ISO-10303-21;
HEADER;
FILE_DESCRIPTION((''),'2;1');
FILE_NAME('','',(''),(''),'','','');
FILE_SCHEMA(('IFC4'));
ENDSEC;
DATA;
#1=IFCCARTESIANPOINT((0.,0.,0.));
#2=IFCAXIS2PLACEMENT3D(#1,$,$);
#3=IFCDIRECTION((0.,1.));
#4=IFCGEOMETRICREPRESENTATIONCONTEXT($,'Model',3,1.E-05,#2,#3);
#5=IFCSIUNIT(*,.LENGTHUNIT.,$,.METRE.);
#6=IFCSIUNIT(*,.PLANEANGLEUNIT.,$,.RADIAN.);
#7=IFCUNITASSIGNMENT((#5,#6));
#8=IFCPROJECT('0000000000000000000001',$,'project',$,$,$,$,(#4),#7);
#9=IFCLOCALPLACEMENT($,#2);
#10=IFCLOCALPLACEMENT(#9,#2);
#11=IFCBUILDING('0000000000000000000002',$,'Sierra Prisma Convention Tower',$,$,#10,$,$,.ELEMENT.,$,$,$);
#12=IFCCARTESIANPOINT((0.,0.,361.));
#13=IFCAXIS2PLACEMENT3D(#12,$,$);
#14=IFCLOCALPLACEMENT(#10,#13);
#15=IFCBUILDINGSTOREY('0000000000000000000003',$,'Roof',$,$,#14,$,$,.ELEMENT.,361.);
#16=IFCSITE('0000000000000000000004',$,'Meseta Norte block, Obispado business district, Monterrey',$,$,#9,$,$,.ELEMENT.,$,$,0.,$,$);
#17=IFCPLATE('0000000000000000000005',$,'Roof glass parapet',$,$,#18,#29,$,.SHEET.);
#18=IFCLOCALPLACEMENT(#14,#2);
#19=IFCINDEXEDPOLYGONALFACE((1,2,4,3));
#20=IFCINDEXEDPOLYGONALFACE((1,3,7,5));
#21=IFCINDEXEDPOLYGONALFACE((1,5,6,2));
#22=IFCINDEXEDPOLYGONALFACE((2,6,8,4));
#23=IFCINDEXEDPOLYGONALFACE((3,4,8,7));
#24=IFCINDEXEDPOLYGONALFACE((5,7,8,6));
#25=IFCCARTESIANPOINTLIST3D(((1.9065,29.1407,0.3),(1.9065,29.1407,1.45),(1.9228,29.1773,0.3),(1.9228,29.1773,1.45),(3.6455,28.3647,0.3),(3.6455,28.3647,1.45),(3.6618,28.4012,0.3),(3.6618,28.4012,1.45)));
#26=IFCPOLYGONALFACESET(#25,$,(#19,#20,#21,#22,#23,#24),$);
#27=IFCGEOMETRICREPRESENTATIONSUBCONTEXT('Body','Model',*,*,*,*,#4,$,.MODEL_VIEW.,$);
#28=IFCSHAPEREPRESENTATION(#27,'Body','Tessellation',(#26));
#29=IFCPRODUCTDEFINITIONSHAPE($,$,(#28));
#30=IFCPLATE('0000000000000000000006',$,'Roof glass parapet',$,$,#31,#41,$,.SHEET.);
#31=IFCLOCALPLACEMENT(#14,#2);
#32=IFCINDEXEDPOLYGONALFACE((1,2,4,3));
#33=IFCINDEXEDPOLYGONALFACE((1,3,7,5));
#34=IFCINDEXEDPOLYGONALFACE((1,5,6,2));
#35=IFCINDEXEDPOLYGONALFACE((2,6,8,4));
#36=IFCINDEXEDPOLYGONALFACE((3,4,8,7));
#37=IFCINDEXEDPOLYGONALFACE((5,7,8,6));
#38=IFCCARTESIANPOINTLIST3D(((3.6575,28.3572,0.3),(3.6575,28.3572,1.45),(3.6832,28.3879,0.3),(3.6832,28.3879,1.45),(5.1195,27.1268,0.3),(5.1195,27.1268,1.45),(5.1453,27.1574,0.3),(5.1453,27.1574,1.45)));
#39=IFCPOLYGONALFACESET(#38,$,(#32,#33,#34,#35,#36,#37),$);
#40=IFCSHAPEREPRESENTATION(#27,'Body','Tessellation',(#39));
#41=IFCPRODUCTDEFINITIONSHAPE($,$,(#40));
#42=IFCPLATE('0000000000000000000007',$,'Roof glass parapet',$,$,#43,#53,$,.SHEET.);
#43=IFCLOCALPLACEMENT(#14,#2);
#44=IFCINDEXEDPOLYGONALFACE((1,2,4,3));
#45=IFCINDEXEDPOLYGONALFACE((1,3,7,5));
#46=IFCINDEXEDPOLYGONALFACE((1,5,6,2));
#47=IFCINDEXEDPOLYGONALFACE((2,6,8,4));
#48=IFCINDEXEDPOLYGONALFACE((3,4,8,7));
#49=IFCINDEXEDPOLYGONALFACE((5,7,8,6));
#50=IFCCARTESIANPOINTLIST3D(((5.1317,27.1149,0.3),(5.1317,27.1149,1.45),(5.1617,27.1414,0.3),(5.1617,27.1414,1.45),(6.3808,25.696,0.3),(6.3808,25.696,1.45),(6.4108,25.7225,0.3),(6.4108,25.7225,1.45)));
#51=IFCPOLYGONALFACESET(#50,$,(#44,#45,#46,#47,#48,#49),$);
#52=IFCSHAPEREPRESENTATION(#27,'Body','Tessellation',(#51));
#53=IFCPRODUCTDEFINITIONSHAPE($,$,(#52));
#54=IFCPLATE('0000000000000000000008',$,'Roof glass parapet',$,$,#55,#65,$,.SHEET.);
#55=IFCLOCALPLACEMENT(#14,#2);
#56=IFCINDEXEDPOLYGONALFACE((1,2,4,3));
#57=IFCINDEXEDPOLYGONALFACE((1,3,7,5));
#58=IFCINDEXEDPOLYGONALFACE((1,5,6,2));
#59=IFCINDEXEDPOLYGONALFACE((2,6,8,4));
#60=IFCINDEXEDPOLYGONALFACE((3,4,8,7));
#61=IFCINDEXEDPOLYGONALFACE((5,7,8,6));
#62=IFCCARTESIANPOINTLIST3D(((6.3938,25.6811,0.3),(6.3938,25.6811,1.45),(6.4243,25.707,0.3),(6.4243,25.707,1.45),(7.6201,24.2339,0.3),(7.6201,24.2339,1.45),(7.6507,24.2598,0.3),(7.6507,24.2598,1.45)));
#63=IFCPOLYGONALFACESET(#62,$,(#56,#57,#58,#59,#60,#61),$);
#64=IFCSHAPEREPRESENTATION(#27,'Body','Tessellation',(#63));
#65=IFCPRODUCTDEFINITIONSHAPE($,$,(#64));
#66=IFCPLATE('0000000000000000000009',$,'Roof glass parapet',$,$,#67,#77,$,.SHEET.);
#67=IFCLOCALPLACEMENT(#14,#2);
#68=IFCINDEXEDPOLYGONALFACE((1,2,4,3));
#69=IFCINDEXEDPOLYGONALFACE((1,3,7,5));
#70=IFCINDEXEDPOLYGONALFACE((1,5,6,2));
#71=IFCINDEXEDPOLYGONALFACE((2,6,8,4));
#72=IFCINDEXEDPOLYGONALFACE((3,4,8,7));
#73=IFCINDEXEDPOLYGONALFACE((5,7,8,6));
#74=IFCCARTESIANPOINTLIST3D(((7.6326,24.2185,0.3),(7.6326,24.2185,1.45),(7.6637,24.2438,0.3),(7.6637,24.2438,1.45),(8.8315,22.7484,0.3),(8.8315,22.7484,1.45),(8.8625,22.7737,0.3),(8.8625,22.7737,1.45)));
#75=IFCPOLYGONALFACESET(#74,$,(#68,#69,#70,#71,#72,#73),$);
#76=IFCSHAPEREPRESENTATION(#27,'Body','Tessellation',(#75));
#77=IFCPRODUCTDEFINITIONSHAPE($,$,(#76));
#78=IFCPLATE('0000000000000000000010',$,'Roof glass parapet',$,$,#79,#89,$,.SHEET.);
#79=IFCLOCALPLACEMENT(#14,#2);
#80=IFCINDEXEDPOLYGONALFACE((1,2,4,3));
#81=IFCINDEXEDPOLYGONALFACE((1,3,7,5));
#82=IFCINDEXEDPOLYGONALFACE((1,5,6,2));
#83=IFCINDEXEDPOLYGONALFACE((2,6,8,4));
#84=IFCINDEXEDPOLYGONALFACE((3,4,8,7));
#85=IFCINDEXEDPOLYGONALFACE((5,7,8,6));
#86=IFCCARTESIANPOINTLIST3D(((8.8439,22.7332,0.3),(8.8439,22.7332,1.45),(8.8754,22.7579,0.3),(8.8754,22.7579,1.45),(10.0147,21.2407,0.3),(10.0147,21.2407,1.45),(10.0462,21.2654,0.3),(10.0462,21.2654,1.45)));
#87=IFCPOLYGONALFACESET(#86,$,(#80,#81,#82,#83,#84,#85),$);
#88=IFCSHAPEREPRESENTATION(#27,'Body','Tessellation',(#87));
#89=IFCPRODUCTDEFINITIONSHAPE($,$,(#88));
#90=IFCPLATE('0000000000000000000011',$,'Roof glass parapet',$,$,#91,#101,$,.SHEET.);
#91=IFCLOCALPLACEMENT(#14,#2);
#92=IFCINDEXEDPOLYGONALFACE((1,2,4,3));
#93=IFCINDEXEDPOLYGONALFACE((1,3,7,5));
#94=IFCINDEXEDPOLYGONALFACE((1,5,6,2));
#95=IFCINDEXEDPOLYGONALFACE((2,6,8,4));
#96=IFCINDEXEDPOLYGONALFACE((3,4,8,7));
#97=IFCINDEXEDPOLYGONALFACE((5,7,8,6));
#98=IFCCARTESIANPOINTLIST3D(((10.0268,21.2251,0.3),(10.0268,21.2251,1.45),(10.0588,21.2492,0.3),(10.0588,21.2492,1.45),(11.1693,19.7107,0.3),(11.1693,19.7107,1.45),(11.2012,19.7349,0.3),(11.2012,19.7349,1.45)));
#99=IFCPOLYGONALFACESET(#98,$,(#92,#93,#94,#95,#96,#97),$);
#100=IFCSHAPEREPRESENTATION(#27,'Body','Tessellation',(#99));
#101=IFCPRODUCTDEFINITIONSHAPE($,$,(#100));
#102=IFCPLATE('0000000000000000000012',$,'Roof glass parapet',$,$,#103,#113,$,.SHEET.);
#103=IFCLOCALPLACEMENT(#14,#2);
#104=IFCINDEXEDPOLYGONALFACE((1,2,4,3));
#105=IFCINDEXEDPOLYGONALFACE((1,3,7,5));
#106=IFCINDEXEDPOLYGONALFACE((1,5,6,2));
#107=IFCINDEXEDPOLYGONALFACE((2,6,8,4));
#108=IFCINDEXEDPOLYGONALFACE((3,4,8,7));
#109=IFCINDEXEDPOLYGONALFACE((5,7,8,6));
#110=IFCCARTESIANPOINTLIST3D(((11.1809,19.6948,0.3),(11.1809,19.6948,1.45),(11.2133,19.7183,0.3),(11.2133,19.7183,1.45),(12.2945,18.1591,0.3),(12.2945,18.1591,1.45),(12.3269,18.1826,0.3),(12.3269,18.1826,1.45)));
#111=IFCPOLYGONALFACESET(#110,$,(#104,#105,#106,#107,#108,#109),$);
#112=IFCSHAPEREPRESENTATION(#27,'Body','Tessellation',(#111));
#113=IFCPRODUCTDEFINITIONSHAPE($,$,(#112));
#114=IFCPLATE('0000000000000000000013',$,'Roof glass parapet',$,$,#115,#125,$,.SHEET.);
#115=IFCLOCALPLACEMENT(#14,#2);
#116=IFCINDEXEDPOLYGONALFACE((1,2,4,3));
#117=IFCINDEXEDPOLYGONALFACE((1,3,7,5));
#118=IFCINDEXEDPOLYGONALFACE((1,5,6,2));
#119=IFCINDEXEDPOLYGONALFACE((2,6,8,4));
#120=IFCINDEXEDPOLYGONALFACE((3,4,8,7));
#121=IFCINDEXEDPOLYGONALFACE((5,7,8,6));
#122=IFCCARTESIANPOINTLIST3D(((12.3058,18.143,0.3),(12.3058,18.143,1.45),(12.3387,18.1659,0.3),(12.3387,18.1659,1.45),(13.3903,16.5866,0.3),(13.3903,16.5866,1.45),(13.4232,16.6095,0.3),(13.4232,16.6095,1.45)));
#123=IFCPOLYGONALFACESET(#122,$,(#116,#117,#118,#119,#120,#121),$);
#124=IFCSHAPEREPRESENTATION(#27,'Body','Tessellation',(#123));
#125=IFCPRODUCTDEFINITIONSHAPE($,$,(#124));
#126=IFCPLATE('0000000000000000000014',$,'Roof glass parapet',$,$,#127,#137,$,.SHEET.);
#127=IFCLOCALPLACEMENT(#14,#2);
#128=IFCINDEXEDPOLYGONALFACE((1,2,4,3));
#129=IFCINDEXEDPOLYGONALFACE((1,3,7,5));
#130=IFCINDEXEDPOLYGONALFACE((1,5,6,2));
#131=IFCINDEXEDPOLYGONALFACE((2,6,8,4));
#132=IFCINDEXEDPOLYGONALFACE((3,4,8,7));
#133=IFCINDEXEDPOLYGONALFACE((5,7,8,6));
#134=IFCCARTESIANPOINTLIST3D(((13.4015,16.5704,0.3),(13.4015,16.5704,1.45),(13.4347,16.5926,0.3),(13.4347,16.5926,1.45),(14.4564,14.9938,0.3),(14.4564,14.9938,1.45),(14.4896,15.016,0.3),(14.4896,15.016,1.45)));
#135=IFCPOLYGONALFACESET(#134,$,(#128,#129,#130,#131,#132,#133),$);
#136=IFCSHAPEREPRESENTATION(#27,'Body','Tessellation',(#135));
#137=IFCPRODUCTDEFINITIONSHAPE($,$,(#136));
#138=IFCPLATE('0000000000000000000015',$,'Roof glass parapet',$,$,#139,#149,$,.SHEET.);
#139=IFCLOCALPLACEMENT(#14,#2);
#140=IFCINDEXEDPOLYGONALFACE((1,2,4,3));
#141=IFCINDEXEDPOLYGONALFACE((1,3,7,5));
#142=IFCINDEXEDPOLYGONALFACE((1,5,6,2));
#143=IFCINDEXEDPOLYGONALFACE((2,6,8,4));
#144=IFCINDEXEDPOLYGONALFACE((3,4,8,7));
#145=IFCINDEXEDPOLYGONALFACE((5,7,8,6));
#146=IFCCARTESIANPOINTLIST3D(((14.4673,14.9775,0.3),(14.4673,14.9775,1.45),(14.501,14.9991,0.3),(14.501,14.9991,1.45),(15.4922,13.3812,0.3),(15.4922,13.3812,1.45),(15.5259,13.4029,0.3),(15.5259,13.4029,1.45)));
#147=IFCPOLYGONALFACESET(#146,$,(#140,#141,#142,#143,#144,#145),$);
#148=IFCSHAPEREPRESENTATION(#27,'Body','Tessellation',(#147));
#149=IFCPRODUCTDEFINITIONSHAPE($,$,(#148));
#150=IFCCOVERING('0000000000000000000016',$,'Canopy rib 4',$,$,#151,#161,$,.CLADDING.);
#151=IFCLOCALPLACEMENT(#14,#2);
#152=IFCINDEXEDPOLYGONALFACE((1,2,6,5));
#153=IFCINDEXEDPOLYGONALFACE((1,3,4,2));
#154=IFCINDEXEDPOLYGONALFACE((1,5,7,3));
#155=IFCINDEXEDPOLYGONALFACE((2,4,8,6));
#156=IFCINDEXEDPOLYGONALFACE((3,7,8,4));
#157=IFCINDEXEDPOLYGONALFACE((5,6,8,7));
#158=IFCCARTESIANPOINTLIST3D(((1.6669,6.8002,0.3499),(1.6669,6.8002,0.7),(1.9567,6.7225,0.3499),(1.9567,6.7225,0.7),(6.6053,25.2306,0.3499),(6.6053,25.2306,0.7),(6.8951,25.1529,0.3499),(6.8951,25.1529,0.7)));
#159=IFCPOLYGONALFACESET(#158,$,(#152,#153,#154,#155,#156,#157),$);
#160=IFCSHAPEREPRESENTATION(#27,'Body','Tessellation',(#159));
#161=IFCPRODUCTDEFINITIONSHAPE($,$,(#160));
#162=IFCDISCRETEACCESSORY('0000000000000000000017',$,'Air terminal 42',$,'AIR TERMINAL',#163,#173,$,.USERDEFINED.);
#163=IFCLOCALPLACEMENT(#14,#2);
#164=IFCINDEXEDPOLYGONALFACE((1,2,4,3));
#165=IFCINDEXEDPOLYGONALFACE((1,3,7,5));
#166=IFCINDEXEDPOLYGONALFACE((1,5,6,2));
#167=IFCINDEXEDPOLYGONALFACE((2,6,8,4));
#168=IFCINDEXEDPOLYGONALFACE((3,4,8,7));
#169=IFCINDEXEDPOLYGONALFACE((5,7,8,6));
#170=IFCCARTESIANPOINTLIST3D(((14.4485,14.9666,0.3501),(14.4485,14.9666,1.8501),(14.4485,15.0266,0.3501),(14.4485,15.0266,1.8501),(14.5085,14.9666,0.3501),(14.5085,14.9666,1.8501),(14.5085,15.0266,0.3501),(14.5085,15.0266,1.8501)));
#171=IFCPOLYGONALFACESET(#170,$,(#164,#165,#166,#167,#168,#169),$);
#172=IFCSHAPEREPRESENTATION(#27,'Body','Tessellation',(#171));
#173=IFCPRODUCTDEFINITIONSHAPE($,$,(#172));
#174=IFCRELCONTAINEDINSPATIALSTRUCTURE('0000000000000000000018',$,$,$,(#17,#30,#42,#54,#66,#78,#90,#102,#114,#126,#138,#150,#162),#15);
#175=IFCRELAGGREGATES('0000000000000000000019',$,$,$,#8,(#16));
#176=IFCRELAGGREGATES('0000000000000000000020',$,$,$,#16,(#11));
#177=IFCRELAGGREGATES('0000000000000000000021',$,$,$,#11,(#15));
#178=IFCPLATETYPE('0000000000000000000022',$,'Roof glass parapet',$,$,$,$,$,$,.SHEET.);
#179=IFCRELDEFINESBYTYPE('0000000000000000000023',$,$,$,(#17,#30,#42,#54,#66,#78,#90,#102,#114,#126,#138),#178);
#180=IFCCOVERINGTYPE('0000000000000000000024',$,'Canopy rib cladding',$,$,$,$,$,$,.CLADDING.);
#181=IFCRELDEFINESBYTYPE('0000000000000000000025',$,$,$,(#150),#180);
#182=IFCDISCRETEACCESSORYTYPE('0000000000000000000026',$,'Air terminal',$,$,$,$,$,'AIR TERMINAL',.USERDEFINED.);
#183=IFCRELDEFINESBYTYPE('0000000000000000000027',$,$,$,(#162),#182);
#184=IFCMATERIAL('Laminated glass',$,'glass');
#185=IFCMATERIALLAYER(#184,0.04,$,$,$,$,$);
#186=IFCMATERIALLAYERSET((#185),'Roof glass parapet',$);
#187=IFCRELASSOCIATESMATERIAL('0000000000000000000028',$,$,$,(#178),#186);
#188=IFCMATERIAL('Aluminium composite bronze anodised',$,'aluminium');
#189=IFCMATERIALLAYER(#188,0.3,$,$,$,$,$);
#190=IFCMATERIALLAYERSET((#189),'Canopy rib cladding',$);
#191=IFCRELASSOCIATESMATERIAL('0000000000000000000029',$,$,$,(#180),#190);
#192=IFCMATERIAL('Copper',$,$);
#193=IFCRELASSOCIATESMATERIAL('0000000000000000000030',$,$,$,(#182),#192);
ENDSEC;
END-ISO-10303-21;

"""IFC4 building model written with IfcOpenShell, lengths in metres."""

from ifc_helpers import new_model, si_unit, direction, frame, origin, origin_2d, place, context, subcontext, project, spatial, rectangle, extrude, material, layer, layer_set, type_object, element, save


model = new_model("IFC4")

# Units and contexts
model_context = context("Model", 3, precision=1e-05, world=origin(), true_north=direction((0.0, 1.0)))
body_context = subcontext(model_context, "Body", "Model", "MODEL_VIEW")
ifc_project = project(units=[si_unit("LENGTHUNIT", "METRE"), si_unit("PLANEANGLEUNIT", "RADIAN")], contexts=[model_context])

# Site, building, storey
site_placement = place(None, origin())
site = spatial("IfcSite", under=ifc_project, at=site_placement, Name="Meseta Norte block, Obispado business district, Monterrey", CompositionType="ELEMENT", RefElevation=0.0)
building_placement = place(site_placement, origin())
building = spatial("IfcBuilding", under=site, at=building_placement, Name="Sierra Prisma Convention Tower", CompositionType="ELEMENT")
storey_placement = place(building_placement, frame((0.0, 0.0, 361.0)))
storey = spatial("IfcBuildingStorey", under=building, at=storey_placement, Name="Roof", CompositionType="ELEMENT", Elevation=361.0)

# Plates
ifc_material_1 = material(Name="Laminated glass", Category="glass")
ifc_layer_1 = layer(ifc_material_1, 0.04)
ifc_layer_set_1 = layer_set([ifc_layer_1], Name="Roof glass parapet")
plate_type = type_object("IfcPlateType", Name="Roof glass parapet", PredefinedType="SHEET", material=ifc_layer_set_1)
for number, where, z_axis, x_axis, name in (
    (1, (2.7842, 28.771, 0.3), (0.0, 0.0, 1.0), (0.91319, -0.407534, 0.0), "Roof glass parapet"),
):
    element("IfcPlate", number, at=place(storey_placement, frame(where, z_axis=z_axis, x_axis=x_axis)), inside=storey, type_object=plate_type, Name=name, PredefinedType="SHEET", context=body_context, shape_type="SweptSolid", body=[
        extrude(rectangle(XDim=1.9043, YDim=0.04, at=origin_2d()), origin(), (0.0, 0.0, 1.0), 1.1499),
    ])
plate_1_placement = place(storey_placement, frame((4.4014, 27.7573, 0.3), z_axis=(0.0, 0.0, 1.0), x_axis=(0.765108, -0.643902, 0.0)))
element("IfcPlate", 2, at=plate_1_placement, inside=storey, type_object=plate_type, Name="Roof glass parapet", PredefinedType="SHEET", context=body_context, shape_type="SweptSolid", body=[
    extrude(rectangle(XDim=1.9109, YDim=0.04, at=origin_2d()), origin(), (0.0, 0.0, 1.0), 1.1499),
])
plate_2_placement = place(storey_placement, frame((5.7712, 26.4187, 0.3), z_axis=(0.0, 0.0, 1.0), x_axis=(0.660775, -0.750584, 0.0)))
element("IfcPlate", 3, at=plate_2_placement, inside=storey, type_object=plate_type, Name="Roof glass parapet", PredefinedType="SHEET", context=body_context, shape_type="SweptSolid", body=[
    extrude(rectangle(XDim=1.8904, YDim=0.04, at=origin_2d()), origin(), (0.0, 0.0, 1.0), 1.1499),
])
for number, where, z_axis, x_axis, name in (
    (4, (7.0222, 24.9705, 0.3), (0.0, 0.0, 1.0), (0.646486, -0.762926, 0.0), "Roof glass parapet"),
    (5, (8.2476, 23.4961, 0.3), (0.0, 0.0, 1.0), (0.631967, -0.774995, 0.0), "Roof glass parapet"),
    (6, (9.4451, 21.9993, 0.3), (0.0, 0.0, 1.0), (0.617223, -0.786789, 0.0), "Roof glass parapet"),
    (7, (10.614, 20.48, 0.3), (0.0, 0.0, 1.0), (0.602258, -0.798301, 0.0), "Roof glass parapet"),
    (8, (11.7539, 18.9387, 0.3), (0.0, 0.0, 1.0), (0.587079, -0.80953, 0.0), "Roof glass parapet"),
    (9, (12.8645, 17.3762, 0.3), (0.0, 0.0, 1.0), (0.571689, -0.82047, 0.0), "Roof glass parapet"),
    (10, (13.9456, 15.7932, 0.3), (0.0, 0.0, 1.0), (0.556097, -0.831117, 0.0), "Roof glass parapet"),
    (11, (14.9966, 14.1902, 0.3), (0.0, 0.0, 1.0), (0.540306, -0.841468, 0.0), "Roof glass parapet"),
):
    element("IfcPlate", number, at=place(storey_placement, frame(where, z_axis=z_axis, x_axis=x_axis)), inside=storey, type_object=plate_type, Name=name, PredefinedType="SHEET", context=body_context, shape_type="SweptSolid", body=[
        extrude(rectangle(XDim=1.897, YDim=0.04, at=origin_2d()), origin(), (0.0, 0.0, 1.0), 1.1499),
    ])

# Covering
ifc_material_2 = material(Name="Aluminium composite bronze anodised", Category="aluminium")
ifc_layer_2 = layer(ifc_material_2, 0.3)
ifc_layer_set_2 = layer_set([ifc_layer_2], Name="Canopy rib cladding")
covering_type = type_object("IfcCoveringType", Name="Canopy rib cladding", PredefinedType="CLADDING", material=ifc_layer_set_2)
covering_placement = place(storey_placement, frame((4.281, 15.9766, 0.3499), z_axis=(0.0, 0.0, 1.0), x_axis=(0.258819, 0.965926, 0.0)))
element("IfcCovering", 12, at=covering_placement, inside=storey, type_object=covering_type, Name="Canopy rib 4", PredefinedType="CLADDING", context=body_context, shape_type="SweptSolid", body=[
    extrude(rectangle(XDim=19.0806, YDim=0.3, at=origin_2d()), origin(), (0.0, 0.0, 1.0), 0.3501),
])

# Discrete accessory
ifc_material_3 = material(Name="Copper")
discrete_accessory_type = type_object("IfcDiscreteAccessoryType", Name="Air terminal", ElementType="AIR TERMINAL", PredefinedType="USERDEFINED", material=ifc_material_3)
discrete_accessory_placement = place(storey_placement, frame((14.4785, 14.9966, 0.3501), z_axis=(0.0, 0.0, 1.0), x_axis=(1.0, 0.0, 0.0)))
element("IfcDiscreteAccessory", 13, at=discrete_accessory_placement, inside=storey, type_object=discrete_accessory_type, Name="Air terminal 42", ObjectType="AIR TERMINAL", PredefinedType="USERDEFINED", context=body_context, shape_type="SweptSolid", body=[
    extrude(rectangle(XDim=0.0601, YDim=0.0601, at=origin_2d()), origin(), (0.0, 0.0, 1.0), 1.5),
])

save(model, "model.ifc")
